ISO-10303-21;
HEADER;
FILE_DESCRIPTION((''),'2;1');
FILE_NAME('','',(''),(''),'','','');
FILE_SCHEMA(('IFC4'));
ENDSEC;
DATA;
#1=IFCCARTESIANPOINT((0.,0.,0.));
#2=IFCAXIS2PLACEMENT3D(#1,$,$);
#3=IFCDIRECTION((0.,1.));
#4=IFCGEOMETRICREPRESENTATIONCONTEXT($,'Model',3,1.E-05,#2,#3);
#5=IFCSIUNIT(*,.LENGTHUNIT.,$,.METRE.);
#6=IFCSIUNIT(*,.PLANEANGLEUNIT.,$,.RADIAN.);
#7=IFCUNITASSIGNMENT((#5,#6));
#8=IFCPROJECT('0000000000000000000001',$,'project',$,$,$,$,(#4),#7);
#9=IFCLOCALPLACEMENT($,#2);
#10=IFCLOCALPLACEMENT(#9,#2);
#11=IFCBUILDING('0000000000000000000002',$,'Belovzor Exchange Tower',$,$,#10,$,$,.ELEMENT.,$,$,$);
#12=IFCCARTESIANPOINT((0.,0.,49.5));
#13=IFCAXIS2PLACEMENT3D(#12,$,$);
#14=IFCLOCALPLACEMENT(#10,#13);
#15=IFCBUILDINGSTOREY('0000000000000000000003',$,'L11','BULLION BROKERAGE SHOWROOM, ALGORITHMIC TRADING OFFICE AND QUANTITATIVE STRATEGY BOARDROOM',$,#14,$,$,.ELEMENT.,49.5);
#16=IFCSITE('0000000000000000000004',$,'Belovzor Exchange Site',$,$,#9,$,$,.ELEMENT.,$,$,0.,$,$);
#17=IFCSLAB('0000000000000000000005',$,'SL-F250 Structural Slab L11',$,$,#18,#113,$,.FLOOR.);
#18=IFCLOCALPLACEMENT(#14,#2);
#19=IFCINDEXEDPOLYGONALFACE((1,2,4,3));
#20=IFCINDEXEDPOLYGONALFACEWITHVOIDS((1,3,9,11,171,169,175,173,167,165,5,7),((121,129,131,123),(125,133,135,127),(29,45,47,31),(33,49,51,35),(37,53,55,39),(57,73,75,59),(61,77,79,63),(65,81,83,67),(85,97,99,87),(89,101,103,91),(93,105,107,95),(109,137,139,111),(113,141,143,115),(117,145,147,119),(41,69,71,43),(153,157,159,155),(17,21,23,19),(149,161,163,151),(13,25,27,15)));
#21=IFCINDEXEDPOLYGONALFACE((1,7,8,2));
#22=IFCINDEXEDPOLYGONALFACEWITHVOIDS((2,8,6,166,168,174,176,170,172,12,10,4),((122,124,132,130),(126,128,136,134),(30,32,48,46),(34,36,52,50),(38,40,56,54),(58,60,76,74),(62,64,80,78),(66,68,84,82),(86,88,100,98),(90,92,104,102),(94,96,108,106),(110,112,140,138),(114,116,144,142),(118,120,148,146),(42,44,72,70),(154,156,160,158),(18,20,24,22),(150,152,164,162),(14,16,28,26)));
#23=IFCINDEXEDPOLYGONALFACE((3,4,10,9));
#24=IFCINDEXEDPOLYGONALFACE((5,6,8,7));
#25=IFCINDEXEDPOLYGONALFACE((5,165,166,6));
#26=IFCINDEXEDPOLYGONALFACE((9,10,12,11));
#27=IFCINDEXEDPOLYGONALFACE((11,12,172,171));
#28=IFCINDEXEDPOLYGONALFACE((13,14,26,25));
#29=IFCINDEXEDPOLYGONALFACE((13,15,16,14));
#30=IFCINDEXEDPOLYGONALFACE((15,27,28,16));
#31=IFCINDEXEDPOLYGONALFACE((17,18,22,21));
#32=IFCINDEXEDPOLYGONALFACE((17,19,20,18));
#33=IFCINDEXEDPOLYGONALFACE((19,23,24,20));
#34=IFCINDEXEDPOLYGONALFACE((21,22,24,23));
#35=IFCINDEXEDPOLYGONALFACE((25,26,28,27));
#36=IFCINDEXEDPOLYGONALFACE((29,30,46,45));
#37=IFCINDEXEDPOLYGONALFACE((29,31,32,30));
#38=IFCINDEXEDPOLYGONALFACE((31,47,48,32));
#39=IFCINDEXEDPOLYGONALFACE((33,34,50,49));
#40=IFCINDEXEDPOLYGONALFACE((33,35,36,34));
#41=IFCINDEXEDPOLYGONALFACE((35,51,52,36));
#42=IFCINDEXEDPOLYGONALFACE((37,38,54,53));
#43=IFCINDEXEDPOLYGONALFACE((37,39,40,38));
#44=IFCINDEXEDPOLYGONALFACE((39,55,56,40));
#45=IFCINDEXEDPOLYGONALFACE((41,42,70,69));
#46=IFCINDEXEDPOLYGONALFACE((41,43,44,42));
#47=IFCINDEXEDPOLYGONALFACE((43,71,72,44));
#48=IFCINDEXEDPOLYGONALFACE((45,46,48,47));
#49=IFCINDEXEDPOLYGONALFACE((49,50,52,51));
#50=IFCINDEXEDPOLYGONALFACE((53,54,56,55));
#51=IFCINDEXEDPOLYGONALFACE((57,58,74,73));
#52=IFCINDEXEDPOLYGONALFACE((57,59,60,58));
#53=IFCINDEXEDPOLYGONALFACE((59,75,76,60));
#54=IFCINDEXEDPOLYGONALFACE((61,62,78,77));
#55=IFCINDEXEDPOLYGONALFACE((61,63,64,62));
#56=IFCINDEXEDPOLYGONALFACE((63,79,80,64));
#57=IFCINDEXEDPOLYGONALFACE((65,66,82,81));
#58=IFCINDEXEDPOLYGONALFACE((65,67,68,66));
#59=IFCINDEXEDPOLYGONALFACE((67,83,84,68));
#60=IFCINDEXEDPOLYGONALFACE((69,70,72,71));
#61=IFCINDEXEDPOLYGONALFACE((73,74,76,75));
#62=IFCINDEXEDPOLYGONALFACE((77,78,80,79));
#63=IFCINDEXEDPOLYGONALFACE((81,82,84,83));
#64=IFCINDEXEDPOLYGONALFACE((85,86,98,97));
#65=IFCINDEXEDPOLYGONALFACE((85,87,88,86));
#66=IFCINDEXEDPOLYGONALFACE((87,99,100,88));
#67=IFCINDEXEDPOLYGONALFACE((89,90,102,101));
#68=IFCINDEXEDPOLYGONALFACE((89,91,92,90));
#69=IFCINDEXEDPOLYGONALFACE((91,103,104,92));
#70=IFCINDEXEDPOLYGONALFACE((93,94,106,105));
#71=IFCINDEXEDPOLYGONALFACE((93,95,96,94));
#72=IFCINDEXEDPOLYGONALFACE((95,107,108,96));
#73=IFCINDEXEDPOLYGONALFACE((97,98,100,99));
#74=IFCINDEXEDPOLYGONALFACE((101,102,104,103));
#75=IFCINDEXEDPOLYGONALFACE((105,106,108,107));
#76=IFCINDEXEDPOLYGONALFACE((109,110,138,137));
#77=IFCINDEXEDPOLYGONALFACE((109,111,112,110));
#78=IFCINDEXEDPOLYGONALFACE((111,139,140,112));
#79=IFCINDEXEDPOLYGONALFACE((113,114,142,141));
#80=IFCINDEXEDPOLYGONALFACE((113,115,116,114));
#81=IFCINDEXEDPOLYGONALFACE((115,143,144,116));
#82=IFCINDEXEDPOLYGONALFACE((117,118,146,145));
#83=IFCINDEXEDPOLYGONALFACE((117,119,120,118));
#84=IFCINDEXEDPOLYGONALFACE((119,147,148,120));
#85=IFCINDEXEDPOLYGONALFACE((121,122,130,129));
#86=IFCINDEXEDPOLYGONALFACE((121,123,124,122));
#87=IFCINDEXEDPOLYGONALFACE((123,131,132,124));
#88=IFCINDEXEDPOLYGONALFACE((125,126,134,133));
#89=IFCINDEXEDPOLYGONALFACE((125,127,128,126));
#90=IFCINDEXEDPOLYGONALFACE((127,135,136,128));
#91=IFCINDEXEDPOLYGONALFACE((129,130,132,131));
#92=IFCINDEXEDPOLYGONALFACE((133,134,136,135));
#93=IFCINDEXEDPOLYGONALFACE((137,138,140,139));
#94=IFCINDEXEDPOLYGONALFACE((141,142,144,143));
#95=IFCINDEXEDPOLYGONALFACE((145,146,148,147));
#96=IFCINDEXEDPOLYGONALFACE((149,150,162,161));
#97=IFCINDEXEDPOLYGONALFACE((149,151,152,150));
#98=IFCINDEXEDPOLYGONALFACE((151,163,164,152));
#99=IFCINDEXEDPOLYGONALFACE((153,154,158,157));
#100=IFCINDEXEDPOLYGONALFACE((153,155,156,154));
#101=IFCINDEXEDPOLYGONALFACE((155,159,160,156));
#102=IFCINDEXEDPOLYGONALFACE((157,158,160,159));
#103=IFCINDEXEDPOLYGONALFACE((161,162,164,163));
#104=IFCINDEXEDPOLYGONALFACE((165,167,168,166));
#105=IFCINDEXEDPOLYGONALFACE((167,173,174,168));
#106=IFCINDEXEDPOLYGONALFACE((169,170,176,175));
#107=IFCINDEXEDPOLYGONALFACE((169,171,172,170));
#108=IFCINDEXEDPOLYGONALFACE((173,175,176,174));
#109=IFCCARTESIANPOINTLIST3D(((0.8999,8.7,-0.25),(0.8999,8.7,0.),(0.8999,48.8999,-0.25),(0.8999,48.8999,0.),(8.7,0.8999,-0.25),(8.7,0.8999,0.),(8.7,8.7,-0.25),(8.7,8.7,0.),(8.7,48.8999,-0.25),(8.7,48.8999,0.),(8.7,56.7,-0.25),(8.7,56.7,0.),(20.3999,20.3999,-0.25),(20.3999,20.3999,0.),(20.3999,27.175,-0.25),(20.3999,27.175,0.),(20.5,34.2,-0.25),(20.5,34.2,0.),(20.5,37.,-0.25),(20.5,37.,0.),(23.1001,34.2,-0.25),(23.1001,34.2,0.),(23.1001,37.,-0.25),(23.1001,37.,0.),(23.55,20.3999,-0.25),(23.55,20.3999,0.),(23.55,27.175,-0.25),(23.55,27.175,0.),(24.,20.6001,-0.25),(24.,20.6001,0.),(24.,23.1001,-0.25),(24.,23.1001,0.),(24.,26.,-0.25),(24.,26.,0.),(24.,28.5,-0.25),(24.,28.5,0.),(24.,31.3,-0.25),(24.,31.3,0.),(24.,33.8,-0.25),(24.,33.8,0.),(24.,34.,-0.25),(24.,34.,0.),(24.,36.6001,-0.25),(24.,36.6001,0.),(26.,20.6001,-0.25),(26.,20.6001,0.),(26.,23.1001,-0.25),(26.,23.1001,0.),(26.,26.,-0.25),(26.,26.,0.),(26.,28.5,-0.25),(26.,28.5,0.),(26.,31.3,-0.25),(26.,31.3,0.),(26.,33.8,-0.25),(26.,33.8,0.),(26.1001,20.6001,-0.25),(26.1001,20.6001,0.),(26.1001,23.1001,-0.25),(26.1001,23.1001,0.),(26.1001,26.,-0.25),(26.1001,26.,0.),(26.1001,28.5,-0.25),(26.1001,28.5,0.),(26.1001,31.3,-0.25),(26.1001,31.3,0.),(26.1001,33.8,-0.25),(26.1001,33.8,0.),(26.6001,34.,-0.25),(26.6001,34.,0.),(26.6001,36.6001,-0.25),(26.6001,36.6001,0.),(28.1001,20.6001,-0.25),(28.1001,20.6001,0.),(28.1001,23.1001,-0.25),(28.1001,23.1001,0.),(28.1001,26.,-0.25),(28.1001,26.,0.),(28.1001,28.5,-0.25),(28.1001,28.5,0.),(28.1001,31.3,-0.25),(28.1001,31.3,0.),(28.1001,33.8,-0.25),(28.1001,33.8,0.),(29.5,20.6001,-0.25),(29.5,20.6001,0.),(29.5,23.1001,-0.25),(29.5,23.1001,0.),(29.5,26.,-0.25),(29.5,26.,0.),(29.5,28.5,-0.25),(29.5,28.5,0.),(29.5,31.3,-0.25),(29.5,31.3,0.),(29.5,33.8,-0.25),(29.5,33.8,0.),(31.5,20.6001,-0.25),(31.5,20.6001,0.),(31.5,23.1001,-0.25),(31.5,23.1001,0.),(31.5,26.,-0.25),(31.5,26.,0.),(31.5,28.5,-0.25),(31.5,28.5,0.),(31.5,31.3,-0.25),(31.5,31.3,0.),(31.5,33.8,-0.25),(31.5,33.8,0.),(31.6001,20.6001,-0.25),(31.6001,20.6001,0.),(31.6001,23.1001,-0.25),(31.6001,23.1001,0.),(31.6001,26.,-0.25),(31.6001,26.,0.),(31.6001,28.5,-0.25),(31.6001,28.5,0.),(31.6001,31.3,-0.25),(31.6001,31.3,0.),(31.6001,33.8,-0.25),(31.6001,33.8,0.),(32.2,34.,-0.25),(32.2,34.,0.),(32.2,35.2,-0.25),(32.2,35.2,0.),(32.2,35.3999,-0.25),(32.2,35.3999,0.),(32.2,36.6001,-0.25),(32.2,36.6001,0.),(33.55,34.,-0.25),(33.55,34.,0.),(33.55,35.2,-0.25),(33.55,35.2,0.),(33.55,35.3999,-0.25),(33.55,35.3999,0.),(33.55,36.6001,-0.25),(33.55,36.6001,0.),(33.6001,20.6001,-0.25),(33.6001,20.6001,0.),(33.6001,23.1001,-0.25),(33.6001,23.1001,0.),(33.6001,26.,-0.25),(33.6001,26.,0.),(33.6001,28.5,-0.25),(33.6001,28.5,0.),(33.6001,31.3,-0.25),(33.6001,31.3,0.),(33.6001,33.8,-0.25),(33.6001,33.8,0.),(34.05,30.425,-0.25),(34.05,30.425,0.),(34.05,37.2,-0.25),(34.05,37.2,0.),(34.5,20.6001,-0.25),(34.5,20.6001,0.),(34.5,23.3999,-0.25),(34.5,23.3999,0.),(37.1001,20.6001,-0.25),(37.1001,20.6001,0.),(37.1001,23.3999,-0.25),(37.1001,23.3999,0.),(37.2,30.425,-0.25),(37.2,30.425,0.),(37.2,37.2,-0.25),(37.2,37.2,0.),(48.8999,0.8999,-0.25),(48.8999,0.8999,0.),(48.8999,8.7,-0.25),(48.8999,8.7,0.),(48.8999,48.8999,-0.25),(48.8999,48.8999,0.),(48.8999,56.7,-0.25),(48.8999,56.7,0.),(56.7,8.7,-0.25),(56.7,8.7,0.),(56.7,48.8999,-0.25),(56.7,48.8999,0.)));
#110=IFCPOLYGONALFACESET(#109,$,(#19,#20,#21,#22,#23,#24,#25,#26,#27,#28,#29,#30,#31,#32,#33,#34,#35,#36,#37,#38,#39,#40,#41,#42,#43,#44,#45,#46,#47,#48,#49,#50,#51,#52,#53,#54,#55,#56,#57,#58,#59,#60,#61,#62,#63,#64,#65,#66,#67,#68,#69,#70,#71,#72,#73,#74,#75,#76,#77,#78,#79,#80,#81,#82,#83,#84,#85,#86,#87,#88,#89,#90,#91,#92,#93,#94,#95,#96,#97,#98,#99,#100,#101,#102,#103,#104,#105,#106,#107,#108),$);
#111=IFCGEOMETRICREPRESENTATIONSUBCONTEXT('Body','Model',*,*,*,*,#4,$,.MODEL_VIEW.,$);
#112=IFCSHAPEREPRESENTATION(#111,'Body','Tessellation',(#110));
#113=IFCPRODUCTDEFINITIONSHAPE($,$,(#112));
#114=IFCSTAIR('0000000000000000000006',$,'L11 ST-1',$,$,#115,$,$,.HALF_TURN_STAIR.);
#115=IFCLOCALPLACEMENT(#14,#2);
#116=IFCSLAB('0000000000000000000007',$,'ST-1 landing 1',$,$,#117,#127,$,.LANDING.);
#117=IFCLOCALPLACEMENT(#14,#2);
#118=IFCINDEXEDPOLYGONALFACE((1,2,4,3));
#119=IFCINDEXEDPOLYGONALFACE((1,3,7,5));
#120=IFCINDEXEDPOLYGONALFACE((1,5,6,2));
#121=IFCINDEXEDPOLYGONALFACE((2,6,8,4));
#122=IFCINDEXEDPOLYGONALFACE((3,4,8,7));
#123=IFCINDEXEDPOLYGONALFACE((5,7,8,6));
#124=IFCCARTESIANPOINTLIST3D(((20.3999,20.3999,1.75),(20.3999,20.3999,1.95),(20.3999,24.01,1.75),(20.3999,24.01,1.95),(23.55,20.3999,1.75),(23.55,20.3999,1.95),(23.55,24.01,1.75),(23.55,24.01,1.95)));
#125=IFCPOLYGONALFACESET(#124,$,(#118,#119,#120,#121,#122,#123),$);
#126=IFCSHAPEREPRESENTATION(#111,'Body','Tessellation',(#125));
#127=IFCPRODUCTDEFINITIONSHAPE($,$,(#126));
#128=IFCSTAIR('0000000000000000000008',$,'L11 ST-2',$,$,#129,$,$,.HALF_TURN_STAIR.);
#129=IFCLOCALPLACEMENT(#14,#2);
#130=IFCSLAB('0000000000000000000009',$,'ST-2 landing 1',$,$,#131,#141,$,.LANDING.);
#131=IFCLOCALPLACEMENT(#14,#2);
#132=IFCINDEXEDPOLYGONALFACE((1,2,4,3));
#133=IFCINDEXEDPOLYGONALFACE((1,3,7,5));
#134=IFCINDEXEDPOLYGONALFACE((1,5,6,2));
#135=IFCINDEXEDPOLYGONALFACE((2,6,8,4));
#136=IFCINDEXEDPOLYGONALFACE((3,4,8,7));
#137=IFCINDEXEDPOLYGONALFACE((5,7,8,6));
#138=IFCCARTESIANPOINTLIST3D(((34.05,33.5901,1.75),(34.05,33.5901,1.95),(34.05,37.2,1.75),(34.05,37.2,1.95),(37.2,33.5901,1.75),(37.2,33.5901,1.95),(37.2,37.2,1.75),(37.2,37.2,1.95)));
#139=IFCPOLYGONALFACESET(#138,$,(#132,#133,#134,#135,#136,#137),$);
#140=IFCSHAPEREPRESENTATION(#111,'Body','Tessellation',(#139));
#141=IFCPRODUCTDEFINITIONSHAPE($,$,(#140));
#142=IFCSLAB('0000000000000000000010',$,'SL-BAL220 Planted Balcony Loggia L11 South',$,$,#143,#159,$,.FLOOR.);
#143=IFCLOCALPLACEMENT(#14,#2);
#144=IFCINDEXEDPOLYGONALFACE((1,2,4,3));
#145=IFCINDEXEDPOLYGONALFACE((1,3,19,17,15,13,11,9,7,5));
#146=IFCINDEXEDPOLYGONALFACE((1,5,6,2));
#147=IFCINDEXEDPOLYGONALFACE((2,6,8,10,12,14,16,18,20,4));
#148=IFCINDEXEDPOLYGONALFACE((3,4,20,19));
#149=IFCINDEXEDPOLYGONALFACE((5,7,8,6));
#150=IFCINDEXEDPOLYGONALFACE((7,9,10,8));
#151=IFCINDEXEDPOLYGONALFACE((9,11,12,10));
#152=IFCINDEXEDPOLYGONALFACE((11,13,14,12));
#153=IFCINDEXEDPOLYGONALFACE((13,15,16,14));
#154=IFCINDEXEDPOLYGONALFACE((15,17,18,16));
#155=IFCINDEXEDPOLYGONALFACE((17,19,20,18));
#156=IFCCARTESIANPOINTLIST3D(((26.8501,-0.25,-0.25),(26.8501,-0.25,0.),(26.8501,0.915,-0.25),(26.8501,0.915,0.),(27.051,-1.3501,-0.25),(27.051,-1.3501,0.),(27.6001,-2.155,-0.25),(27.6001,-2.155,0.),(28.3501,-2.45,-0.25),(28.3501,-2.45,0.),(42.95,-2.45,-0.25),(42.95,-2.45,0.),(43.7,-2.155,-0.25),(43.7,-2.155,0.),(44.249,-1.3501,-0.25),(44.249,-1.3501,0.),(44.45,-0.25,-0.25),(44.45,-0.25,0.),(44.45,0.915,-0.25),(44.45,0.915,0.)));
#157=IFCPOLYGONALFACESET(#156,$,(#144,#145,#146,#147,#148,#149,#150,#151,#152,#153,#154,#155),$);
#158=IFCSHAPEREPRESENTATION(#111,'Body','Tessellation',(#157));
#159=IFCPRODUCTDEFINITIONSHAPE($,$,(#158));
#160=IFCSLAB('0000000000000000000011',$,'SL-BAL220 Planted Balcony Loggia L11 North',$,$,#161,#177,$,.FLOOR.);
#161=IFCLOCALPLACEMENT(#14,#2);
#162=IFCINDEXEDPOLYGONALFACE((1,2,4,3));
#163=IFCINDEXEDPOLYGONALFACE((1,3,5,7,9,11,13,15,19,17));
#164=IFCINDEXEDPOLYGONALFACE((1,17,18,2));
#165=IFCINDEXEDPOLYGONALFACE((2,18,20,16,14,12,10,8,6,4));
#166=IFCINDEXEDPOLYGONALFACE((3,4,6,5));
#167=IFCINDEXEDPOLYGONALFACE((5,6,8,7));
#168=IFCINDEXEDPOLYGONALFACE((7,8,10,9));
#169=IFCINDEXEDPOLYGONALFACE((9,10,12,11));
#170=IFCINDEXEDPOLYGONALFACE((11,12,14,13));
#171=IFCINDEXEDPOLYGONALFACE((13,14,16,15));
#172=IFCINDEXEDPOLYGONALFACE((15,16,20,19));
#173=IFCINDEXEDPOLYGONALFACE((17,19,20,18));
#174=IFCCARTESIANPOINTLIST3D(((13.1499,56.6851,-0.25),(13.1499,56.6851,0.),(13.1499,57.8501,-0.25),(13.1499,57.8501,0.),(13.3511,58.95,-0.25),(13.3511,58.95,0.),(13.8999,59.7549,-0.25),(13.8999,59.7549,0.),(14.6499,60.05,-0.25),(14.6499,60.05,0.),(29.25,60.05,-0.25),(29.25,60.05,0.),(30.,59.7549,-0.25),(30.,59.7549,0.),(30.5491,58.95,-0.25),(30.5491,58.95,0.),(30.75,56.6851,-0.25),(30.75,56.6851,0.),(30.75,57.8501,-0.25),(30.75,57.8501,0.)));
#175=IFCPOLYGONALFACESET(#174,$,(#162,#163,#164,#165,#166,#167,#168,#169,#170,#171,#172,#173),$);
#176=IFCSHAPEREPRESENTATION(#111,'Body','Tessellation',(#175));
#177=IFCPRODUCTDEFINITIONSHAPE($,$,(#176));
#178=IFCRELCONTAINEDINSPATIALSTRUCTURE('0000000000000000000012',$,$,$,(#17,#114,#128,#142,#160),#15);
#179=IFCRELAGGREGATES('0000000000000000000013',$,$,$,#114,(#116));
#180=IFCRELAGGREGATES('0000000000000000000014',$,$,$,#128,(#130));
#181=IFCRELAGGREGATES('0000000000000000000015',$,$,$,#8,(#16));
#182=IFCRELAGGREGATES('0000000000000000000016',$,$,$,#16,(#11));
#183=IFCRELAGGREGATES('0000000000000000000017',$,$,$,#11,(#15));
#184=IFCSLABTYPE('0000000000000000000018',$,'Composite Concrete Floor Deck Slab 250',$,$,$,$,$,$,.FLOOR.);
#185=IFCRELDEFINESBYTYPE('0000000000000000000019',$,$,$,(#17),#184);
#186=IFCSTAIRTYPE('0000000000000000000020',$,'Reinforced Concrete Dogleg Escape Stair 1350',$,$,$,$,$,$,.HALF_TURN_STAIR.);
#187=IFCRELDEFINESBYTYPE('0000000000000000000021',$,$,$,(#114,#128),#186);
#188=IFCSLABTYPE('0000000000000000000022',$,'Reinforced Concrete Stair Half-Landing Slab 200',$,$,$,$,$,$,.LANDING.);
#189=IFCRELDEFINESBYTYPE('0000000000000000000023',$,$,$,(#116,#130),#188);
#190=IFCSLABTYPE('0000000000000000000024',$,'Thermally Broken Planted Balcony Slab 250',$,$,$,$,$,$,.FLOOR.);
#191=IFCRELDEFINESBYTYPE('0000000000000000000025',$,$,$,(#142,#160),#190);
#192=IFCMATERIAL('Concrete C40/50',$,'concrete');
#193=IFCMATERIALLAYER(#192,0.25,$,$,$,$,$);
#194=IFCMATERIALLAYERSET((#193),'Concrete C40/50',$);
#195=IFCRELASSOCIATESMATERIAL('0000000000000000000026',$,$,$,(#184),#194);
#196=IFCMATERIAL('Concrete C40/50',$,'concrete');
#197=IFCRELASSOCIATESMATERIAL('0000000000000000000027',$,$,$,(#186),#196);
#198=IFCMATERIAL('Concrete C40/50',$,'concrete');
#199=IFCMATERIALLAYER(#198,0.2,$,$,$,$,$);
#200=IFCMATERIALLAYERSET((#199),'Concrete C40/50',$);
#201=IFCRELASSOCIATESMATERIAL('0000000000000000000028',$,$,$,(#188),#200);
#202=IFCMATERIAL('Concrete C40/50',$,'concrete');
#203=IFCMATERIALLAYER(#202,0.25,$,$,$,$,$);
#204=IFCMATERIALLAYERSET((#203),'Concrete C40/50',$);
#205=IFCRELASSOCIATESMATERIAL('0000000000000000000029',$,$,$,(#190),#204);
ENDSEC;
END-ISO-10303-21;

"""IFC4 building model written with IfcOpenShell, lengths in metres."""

from ifc_helpers import new_model, si_unit, direction, frame, origin, place, context, subcontext, project, spatial, polyline, outline, extrude, material, layer, layer_set, type_object, element, aggregate, save


model = new_model("IFC4")

# Units and contexts
model_context = context("Model", 3, precision=1e-05, world=origin(), true_north=direction((0.0, 1.0)))
body_context = subcontext(model_context, "Body", "Model", "MODEL_VIEW")
ifc_project = project(units=[si_unit("LENGTHUNIT", "METRE"), si_unit("PLANEANGLEUNIT", "RADIAN")], contexts=[model_context])

# Site, building, storey
site_placement = place(None, origin())
site = spatial("IfcSite", under=ifc_project, at=site_placement, Name="Belovzor Exchange Site", CompositionType="ELEMENT", RefElevation=0.0)
building_placement = place(site_placement, origin())
building = spatial("IfcBuilding", under=site, at=building_placement, Name="Belovzor Exchange Tower", CompositionType="ELEMENT")
storey_placement = place(building_placement, frame((0.0, 0.0, 49.5)))
storey = spatial("IfcBuildingStorey", under=building, at=storey_placement, Name="L11", Description="BULLION BROKERAGE SHOWROOM, ALGORITHMIC TRADING OFFICE AND QUANTITATIVE STRATEGY BOARDROOM", CompositionType="ELEMENT", Elevation=49.5)

# Slab
ifc_material_1 = material(Name="Concrete C40/50", Category="concrete")
ifc_layer_1 = layer(ifc_material_1, 0.25)
ifc_layer_set_1 = layer_set([ifc_layer_1], Name="Concrete C40/50")
slab_type_1 = type_object("IfcSlabType", Name="Composite Concrete Floor Deck Slab 250", PredefinedType="FLOOR", material=ifc_layer_set_1)
slab_1_placement = place(storey_placement, frame((0.0, 0.0, -0.25)))
element("IfcSlab", 1, at=slab_1_placement, inside=storey, type_object=slab_type_1, Name="SL-F250 Structural Slab L11", PredefinedType="FLOOR", context=body_context, shape_type="SweptSolid", body=[
    extrude(outline(polyline([(8.7, 0.8999), (48.8999, 0.8999), (48.8999, 8.7), (56.7, 8.7), (56.7, 48.8999), (48.8999, 48.8999), (48.8999, 56.7), (8.7, 56.7), (8.7, 48.8999), (0.8999, 48.8999), (0.8999, 8.7), (8.7, 8.7), (8.7, 0.8999)]), holes=[polyline([(20.3999, 27.175), (20.3999, 20.3999), (23.55, 20.3999), (23.55, 27.175), (20.3999, 27.175)]), polyline([(37.2, 30.425), (37.2, 37.2), (34.05, 37.2), (34.05, 30.425), (37.2, 30.425)]), polyline([(20.5, 34.2), (23.1001, 34.2), (23.1001, 37.0), (20.5, 37.0), (20.5, 34.2)]), polyline([(34.5, 20.6001), (37.1001, 20.6001), (37.1001, 23.3999), (34.5, 23.3999), (34.5, 20.6001)]), polyline([(24.0, 34.0), (26.6001, 34.0), (26.6001, 36.6001), (24.0, 36.6001), (24.0, 34.0)]), polyline([(24.0, 20.6001), (26.0, 20.6001), (26.0, 23.1001), (24.0, 23.1001), (24.0, 20.6001)]), polyline([(26.1001, 20.6001), (28.1001, 20.6001), (28.1001, 23.1001), (26.1001, 23.1001), (26.1001, 20.6001)]), polyline([(29.5, 20.6001), (31.5, 20.6001), (31.5, 23.1001), (29.5, 23.1001), (29.5, 20.6001)]), polyline([(31.6001, 20.6001), (33.6001, 20.6001), (33.6001, 23.1001), (31.6001, 23.1001), (31.6001, 20.6001)]), polyline([(24.0, 26.0), (26.0, 26.0), (26.0, 28.5), (24.0, 28.5), (24.0, 26.0)]), polyline([(26.1001, 26.0), (28.1001, 26.0), (28.1001, 28.5), (26.1001, 28.5), (26.1001, 26.0)]), polyline([(29.5, 26.0), (31.5, 26.0), (31.5, 28.5), (29.5, 28.5), (29.5, 26.0)]), polyline([(31.6001, 26.0), (33.6001, 26.0), (33.6001, 28.5), (31.6001, 28.5), (31.6001, 26.0)]), polyline([(24.0, 31.3), (26.0, 31.3), (26.0, 33.8), (24.0, 33.8), (24.0, 31.3)]), polyline([(26.1001, 31.3), (28.1001, 31.3), (28.1001, 33.8), (26.1001, 33.8), (26.1001, 31.3)]), polyline([(29.5, 31.3), (31.5, 31.3), (31.5, 33.8), (29.5, 33.8), (29.5, 31.3)]), polyline([(31.6001, 31.3), (33.6001, 31.3), (33.6001, 33.8), (31.6001, 33.8), (31.6001, 31.3)]), polyline([(32.2, 34.0), (33.55, 34.0), (33.55, 35.2), (32.2, 35.2), (32.2, 34.0)]), polyline([(32.2, 35.3999), (33.55, 35.3999), (33.55, 36.6001), (32.2, 36.6001), (32.2, 35.3999)])]), origin(), (0.0, 0.0, 1.0), 0.25),
])

# Stairs, slabs
ifc_material_2 = material(Name="Concrete C40/50", Category="concrete")
stair_type = type_object("IfcStairType", Name="Reinforced Concrete Dogleg Escape Stair 1350", PredefinedType="HALF_TURN_STAIR", material=ifc_material_2)
stair_1_placement = place(storey_placement, origin())
stair_1 = element("IfcStair", 2, at=stair_1_placement, inside=storey, type_object=stair_type, Name="L11 ST-1", PredefinedType="HALF_TURN_STAIR")
ifc_material_3 = material(Name="Concrete C40/50", Category="concrete")
ifc_layer_2 = layer(ifc_material_3, 0.2)
ifc_layer_set_2 = layer_set([ifc_layer_2], Name="Concrete C40/50")
slab_type_2 = type_object("IfcSlabType", Name="Reinforced Concrete Stair Half-Landing Slab 200", PredefinedType="LANDING", material=ifc_layer_set_2)
slab_2_placement = place(storey_placement, frame((0.0, 0.0, 1.75)))
slab_2 = element("IfcSlab", 3, at=slab_2_placement, type_object=slab_type_2, Name="ST-1 landing 1", PredefinedType="LANDING", context=body_context, shape_type="SweptSolid", body=[
    extrude(outline(polyline([(20.3999, 24.01), (20.3999, 20.3999), (23.55, 20.3999), (23.55, 24.01), (20.3999, 24.01)])), origin(), (0.0, 0.0, 1.0), 0.2),
])
aggregate(stair_1, [slab_2])
stair_2_placement = place(storey_placement, origin())
stair_2 = element("IfcStair", 4, at=stair_2_placement, inside=storey, type_object=stair_type, Name="L11 ST-2", PredefinedType="HALF_TURN_STAIR")
slab_3_placement = place(storey_placement, frame((0.0, 0.0, 1.75)))
slab_3 = element("IfcSlab", 5, at=slab_3_placement, type_object=slab_type_2, Name="ST-2 landing 1", PredefinedType="LANDING", context=body_context, shape_type="SweptSolid", body=[
    extrude(outline(polyline([(37.2, 33.5901), (37.2, 37.2), (34.05, 37.2), (34.05, 33.5901), (37.2, 33.5901)])), origin(), (0.0, 0.0, 1.0), 0.2),
])
aggregate(stair_2, [slab_3])

# Slabs
ifc_material_4 = material(Name="Concrete C40/50", Category="concrete")
ifc_layer_3 = layer(ifc_material_4, 0.25)
ifc_layer_set_3 = layer_set([ifc_layer_3], Name="Concrete C40/50")
slab_type_3 = type_object("IfcSlabType", Name="Thermally Broken Planted Balcony Slab 250", PredefinedType="FLOOR", material=ifc_layer_set_3)
slab_4_placement = place(storey_placement, frame((0.0, 0.0, -0.25)))
element("IfcSlab", 6, at=slab_4_placement, inside=storey, type_object=slab_type_3, Name="SL-BAL220 Planted Balcony Loggia L11 South", PredefinedType="FLOOR", context=body_context, shape_type="SweptSolid", body=[
    extrude(outline(polyline([(26.8501, 0.915), (26.8501, -0.25), (27.051, -1.3501), (27.6001, -2.155), (28.3501, -2.45), (42.95, -2.45), (43.7, -2.155), (44.249, -1.3501), (44.45, -0.25), (44.45, 0.915), (26.8501, 0.915)])), origin(), (0.0, 0.0, 1.0), 0.25),
])
slab_5_placement = place(storey_placement, frame((0.0, 0.0, -0.25)))
element("IfcSlab", 7, at=slab_5_placement, inside=storey, type_object=slab_type_3, Name="SL-BAL220 Planted Balcony Loggia L11 North", PredefinedType="FLOOR", context=body_context, shape_type="SweptSolid", body=[
    extrude(outline(polyline([(30.75, 56.6851), (30.75, 57.8501), (30.5491, 58.95), (30.0, 59.7549), (29.25, 60.05), (14.6499, 60.05), (13.8999, 59.7549), (13.3511, 58.95), (13.1499, 57.8501), (13.1499, 56.6851), (30.75, 56.6851)])), origin(), (0.0, 0.0, 1.0), 0.25),
])

save(model, "model.ifc")
